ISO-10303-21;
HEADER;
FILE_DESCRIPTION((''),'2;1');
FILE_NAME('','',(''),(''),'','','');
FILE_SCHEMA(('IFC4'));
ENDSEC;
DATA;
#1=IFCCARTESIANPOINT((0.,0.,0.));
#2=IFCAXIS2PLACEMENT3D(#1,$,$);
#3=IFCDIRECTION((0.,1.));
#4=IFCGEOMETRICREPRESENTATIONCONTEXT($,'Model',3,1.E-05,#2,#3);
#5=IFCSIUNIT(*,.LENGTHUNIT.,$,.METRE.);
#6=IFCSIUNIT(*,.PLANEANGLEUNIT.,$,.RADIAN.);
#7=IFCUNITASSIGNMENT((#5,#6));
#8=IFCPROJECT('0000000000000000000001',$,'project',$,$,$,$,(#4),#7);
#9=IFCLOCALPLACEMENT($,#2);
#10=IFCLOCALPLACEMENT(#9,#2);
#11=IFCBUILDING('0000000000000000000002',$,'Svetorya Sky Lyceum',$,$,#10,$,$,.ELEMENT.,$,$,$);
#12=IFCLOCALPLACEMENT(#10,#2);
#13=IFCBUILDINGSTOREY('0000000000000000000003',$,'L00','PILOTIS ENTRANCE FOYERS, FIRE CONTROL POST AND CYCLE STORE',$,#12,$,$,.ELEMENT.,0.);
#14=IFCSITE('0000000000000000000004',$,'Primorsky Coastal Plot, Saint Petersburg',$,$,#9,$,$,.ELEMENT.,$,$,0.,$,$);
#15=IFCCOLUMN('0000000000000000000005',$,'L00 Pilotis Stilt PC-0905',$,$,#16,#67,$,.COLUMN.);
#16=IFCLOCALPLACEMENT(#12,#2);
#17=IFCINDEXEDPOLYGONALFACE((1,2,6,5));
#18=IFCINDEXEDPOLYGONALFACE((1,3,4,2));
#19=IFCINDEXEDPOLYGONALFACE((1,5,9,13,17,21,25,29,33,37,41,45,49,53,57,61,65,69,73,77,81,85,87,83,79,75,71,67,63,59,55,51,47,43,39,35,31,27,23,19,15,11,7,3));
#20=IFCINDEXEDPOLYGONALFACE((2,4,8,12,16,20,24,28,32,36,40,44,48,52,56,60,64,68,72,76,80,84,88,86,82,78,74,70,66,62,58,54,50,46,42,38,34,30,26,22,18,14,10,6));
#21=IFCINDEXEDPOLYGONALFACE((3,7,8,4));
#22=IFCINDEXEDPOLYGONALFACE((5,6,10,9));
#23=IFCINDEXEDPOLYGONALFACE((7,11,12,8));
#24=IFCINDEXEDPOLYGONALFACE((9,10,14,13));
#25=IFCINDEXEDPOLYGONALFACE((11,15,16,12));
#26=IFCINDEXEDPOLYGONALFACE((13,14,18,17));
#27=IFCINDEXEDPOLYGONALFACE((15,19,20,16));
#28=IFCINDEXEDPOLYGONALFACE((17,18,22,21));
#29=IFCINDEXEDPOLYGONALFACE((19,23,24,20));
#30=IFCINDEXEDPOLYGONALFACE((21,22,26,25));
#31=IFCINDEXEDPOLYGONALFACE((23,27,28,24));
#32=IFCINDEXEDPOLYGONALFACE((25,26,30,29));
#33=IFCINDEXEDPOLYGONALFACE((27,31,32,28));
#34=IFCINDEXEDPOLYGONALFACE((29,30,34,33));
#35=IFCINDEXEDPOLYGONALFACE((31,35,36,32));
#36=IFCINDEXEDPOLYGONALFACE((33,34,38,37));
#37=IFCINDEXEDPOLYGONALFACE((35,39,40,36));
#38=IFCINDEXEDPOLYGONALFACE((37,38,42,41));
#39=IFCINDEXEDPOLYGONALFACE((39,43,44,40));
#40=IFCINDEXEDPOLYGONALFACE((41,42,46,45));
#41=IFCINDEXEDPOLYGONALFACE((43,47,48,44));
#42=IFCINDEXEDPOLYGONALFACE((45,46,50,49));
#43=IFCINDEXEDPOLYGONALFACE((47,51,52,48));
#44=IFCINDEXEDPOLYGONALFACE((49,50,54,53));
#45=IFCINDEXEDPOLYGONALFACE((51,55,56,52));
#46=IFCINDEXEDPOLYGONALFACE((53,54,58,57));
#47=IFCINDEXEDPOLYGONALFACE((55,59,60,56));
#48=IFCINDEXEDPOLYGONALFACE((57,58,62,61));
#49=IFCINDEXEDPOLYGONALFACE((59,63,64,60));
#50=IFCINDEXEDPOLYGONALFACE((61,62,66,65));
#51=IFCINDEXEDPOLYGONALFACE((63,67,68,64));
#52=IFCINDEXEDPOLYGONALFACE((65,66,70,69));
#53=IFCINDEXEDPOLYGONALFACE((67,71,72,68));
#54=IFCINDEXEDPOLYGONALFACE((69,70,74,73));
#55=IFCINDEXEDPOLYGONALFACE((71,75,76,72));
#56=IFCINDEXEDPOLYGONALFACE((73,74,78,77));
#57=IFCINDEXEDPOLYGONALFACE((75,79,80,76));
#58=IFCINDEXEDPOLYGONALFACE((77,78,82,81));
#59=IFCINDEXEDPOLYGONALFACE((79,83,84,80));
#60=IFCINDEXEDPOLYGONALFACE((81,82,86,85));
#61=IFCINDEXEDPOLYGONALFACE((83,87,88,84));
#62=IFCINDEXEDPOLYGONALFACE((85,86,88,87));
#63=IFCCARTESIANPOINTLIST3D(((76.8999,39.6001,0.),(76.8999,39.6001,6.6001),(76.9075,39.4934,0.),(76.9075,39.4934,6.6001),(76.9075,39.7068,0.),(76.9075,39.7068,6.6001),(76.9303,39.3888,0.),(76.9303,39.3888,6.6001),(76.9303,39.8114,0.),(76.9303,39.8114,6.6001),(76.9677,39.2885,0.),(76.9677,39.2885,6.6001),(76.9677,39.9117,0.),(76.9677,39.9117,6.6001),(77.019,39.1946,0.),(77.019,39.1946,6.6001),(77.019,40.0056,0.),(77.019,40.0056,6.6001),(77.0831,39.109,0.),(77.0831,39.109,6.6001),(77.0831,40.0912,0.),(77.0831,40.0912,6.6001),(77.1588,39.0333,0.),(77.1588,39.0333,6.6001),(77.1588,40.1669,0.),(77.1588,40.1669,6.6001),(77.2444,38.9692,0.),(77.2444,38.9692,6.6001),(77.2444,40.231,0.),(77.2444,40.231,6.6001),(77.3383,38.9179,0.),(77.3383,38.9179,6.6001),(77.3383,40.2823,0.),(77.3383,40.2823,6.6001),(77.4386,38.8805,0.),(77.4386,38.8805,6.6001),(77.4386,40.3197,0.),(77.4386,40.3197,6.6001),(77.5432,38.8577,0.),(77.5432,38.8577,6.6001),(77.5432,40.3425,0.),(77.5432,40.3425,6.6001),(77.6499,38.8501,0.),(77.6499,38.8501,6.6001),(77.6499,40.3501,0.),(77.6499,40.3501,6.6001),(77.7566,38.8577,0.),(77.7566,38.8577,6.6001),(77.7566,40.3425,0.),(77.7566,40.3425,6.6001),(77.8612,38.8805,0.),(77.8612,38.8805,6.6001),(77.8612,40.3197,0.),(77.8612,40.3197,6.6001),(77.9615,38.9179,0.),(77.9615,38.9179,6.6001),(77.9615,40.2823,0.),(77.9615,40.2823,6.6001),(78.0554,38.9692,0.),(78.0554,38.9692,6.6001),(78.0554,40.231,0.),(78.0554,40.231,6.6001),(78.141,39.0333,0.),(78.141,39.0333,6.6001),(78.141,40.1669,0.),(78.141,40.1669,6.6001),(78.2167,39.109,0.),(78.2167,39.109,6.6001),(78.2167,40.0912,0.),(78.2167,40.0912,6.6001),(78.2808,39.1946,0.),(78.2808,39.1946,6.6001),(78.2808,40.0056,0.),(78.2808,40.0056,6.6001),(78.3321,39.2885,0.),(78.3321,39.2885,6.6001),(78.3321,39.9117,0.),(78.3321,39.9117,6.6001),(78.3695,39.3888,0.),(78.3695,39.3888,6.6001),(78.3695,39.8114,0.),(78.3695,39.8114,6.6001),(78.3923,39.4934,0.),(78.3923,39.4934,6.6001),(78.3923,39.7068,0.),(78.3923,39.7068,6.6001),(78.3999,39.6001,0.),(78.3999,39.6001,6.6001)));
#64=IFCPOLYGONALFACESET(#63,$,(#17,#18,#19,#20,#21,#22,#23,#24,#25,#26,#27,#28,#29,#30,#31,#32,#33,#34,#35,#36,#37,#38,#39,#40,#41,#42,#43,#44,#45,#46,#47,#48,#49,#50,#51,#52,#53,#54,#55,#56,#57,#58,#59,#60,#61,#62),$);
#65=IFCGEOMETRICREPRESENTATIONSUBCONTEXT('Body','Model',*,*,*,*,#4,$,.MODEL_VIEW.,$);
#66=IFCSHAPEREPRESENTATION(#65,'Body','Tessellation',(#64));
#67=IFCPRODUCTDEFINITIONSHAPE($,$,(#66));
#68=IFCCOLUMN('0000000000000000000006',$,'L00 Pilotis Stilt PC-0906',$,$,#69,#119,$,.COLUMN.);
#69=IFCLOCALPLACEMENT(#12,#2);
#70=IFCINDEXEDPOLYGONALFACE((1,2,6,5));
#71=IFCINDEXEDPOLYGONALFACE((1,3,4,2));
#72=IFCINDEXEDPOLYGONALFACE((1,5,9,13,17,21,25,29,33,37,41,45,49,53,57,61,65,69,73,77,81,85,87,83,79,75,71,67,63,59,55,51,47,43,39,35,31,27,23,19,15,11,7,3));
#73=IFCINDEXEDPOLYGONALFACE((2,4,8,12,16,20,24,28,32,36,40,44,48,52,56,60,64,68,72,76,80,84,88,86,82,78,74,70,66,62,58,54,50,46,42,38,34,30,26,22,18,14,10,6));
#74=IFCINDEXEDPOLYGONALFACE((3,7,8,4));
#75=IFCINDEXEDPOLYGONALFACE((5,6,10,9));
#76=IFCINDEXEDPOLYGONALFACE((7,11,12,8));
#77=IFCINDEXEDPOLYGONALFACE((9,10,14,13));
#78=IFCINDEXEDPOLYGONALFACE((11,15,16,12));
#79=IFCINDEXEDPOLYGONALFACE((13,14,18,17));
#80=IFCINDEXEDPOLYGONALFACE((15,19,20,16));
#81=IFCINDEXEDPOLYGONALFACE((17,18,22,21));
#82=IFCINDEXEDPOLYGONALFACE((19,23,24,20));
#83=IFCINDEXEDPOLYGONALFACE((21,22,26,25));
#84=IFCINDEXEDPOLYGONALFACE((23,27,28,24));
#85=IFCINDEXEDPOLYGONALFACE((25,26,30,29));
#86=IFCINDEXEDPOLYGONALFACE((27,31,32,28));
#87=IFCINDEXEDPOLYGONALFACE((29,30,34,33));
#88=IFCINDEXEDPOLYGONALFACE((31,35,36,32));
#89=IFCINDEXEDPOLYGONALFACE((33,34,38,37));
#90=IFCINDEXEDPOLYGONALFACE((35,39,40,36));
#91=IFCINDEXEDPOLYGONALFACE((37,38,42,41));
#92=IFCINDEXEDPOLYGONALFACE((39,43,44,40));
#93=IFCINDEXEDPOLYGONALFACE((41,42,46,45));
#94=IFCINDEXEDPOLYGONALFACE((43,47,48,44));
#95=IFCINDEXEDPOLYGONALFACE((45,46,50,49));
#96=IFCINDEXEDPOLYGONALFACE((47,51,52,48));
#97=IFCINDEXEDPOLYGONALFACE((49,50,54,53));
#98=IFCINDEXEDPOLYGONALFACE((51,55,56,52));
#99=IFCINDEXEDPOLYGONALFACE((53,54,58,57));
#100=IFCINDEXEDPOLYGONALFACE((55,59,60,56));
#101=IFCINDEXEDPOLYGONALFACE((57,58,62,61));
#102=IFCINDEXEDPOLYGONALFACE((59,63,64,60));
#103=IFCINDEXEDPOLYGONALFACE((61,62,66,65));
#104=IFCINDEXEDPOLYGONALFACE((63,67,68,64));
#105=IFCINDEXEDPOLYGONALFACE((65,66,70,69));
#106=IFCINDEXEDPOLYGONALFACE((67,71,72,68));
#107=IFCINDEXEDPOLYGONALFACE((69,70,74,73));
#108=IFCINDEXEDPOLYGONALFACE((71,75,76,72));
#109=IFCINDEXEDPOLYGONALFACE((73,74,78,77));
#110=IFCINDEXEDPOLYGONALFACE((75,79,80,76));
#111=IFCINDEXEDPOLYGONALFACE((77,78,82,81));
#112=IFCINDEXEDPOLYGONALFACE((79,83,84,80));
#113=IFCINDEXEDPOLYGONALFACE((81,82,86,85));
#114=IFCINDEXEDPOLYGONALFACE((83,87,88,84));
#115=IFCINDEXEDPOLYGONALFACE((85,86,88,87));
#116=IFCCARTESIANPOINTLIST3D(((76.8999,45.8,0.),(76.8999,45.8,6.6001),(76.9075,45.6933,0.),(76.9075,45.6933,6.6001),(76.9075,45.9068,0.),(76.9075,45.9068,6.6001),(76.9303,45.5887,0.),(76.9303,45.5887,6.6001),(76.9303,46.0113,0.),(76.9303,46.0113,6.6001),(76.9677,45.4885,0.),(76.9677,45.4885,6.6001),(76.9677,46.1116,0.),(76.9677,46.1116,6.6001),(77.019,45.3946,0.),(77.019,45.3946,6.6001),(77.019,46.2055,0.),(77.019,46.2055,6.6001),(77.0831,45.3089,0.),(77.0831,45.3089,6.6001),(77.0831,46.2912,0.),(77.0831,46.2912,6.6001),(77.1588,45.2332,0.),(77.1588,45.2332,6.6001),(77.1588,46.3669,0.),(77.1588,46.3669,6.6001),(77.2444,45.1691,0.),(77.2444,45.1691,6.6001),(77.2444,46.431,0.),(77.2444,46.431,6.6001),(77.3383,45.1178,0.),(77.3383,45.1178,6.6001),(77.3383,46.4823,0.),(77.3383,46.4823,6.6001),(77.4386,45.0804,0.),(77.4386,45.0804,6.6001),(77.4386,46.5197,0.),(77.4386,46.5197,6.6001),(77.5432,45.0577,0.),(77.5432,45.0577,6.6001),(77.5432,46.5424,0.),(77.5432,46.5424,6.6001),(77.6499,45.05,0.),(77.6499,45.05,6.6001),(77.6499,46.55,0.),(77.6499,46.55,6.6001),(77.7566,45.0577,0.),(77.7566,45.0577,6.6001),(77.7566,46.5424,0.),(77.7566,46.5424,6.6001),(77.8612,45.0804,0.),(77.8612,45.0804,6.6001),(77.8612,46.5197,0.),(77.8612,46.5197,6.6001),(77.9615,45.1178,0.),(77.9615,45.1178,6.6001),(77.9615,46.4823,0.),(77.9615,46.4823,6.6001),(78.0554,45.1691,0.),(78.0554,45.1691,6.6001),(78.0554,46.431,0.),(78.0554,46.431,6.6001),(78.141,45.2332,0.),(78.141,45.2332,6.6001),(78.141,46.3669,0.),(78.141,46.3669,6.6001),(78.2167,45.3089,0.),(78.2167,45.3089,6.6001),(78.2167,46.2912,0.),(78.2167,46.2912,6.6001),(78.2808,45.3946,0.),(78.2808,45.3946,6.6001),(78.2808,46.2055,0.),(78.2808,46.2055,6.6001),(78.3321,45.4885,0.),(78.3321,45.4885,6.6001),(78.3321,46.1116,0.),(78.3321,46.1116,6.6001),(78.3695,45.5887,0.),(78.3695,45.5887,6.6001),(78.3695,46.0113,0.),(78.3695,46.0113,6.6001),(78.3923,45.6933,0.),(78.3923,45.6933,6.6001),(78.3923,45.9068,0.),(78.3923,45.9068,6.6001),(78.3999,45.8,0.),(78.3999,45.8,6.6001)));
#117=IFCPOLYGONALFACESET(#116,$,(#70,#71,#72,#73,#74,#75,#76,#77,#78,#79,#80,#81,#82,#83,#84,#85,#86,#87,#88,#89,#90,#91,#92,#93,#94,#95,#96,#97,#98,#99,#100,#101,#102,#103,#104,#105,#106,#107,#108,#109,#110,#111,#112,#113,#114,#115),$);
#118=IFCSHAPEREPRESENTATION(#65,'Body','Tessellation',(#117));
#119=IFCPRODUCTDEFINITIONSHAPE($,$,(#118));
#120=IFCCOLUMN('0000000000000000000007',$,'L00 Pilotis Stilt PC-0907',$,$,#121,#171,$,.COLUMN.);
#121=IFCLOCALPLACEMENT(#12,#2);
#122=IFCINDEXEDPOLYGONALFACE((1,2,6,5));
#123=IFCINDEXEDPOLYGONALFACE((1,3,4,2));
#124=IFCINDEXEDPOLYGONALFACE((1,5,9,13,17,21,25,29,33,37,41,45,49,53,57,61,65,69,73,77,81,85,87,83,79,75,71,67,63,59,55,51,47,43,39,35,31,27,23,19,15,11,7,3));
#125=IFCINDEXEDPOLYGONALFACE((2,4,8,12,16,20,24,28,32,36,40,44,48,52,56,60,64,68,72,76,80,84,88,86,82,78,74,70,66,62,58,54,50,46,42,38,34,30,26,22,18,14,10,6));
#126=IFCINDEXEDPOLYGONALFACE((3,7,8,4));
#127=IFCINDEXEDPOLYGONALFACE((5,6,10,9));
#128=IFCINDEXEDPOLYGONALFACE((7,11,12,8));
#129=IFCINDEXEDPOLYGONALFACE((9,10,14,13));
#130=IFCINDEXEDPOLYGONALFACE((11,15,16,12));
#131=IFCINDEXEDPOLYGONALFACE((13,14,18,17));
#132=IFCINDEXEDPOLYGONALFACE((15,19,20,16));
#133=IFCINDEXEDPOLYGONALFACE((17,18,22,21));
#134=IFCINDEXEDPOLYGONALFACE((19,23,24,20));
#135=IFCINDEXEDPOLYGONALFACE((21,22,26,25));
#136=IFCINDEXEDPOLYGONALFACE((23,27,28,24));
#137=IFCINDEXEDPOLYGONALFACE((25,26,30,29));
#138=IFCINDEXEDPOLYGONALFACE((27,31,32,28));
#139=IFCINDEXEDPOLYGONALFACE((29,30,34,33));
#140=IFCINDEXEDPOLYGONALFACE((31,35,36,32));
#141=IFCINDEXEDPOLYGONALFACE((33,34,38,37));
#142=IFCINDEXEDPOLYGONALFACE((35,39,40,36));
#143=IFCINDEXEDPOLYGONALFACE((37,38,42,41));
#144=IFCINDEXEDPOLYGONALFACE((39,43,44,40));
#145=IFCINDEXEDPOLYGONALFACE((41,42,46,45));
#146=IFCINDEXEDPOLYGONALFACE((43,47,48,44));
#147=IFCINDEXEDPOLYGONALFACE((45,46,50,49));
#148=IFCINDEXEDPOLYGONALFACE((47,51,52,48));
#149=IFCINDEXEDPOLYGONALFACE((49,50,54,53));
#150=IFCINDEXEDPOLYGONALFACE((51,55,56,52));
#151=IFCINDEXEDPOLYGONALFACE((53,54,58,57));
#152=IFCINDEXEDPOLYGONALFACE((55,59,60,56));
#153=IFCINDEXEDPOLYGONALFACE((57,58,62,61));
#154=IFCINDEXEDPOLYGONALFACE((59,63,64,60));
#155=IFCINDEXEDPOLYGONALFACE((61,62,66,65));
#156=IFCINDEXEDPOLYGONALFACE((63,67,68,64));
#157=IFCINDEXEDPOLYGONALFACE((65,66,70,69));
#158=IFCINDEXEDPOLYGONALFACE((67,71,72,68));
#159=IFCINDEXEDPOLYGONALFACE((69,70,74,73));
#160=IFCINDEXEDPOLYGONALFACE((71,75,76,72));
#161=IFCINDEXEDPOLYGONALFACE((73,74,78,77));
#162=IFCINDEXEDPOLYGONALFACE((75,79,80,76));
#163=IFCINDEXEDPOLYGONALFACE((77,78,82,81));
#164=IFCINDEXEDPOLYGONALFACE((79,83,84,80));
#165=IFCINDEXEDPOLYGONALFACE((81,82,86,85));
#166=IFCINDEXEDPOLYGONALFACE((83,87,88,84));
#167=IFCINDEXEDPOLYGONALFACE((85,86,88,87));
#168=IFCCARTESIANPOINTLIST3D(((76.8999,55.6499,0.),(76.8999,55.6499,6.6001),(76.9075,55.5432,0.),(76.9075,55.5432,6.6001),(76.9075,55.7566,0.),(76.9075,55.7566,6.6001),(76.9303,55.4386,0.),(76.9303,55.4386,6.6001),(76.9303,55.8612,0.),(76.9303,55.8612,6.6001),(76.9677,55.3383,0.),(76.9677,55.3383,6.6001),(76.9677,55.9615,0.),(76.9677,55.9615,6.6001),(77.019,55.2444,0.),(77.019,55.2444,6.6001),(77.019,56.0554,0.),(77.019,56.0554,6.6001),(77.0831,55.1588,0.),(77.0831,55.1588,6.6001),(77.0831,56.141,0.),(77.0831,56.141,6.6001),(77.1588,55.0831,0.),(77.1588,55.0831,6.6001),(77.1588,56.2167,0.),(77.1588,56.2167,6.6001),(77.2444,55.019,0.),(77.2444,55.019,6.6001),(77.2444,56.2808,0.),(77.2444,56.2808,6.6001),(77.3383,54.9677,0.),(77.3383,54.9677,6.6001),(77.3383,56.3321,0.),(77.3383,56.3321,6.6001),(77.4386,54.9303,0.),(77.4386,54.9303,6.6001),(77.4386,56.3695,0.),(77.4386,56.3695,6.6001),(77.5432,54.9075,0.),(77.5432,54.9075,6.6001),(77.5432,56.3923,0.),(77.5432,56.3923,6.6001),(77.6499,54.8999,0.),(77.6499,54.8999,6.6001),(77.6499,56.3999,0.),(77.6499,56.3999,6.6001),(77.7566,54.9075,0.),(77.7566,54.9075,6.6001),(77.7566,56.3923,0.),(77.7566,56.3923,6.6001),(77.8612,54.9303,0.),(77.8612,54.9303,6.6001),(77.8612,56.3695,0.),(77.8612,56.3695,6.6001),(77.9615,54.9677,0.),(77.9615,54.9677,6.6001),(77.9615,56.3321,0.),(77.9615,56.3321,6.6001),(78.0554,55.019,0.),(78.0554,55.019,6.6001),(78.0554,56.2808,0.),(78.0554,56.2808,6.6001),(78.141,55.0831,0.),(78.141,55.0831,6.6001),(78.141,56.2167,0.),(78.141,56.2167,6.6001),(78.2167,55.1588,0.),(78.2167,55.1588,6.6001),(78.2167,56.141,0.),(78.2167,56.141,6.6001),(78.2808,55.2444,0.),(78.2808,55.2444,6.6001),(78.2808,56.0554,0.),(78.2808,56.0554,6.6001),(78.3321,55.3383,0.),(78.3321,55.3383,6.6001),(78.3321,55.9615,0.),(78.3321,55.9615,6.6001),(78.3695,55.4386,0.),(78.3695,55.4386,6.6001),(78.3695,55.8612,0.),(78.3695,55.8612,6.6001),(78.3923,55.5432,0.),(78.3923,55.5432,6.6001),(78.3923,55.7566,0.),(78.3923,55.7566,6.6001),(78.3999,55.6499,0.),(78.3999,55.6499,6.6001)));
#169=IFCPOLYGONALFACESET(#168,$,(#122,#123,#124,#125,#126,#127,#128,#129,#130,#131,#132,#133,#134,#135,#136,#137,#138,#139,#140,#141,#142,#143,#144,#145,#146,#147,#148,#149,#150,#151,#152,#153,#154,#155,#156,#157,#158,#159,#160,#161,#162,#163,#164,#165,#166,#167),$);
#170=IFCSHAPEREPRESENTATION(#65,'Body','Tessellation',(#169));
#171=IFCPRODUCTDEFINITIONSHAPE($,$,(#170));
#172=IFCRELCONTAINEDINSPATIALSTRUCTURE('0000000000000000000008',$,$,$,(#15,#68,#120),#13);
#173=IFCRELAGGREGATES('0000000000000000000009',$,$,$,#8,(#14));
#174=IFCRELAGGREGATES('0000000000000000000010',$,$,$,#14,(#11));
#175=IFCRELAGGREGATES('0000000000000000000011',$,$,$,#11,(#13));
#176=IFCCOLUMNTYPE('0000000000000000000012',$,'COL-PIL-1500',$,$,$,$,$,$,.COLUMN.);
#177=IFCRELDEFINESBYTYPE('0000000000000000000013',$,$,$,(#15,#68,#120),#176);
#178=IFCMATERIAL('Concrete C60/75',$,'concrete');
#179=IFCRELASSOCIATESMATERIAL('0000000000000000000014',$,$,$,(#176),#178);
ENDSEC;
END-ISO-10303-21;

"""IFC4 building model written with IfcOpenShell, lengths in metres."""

from ifc_helpers import new_model, si_unit, direction, frame, origin, origin_2d, place, context, subcontext, project, spatial, circle, extrude, material, material_profile, profile_set, type_object, element, save


model = new_model("IFC4")

# Units and contexts
model_context = context("Model", 3, precision=1e-05, world=origin(), true_north=direction((0.0, 1.0)))
body_context = subcontext(model_context, "Body", "Model", "MODEL_VIEW")
ifc_project = project(units=[si_unit("LENGTHUNIT", "METRE"), si_unit("PLANEANGLEUNIT", "RADIAN")], contexts=[model_context])

# Site, building, storey
site_placement = place(None, origin())
site = spatial("IfcSite", under=ifc_project, at=site_placement, Name="Primorsky Coastal Plot, Saint Petersburg", CompositionType="ELEMENT", RefElevation=0.0)
building_placement = place(site_placement, origin())
building = spatial("IfcBuilding", under=site, at=building_placement, Name="Svetorya Sky Lyceum", CompositionType="ELEMENT")
storey_placement = place(building_placement, origin())
storey = spatial("IfcBuildingStorey", under=building, at=storey_placement, Name="L00", Description="PILOTIS ENTRANCE FOYERS, FIRE CONTROL POST AND CYCLE STORE", CompositionType="ELEMENT", Elevation=0.0)

# Columns
ifc_material_1 = material(Name="Concrete C60/75", Category="concrete")
ifc_material_profile_1 = material_profile(ifc_material_1, circle(Radius=0.75, at=origin_2d()), Name="RC PILOTI D1500")
ifc_profile_set_1 = profile_set([ifc_material_profile_1], Name="Concrete C60/75")
column_type_1 = type_object("IfcColumnType", Name="COL-PIL-1500", PredefinedType="COLUMN", material=ifc_profile_set_1)
for number, where, z_axis, x_axis, name in (
    (1, (77.6499, 39.6001, 0.0), (0.0, 0.0, 1.0), (1.0, 0.0, 0.0), "L00 Pilotis Stilt PC-0905"),
    (2, (77.6499, 45.8, 0.0), (0.0, 0.0, 1.0), (1.0, 0.0, 0.0), "L00 Pilotis Stilt PC-0906"),
    (3, (77.6499, 55.6499, 0.0), (0.0, 0.0, 1.0), (1.0, 0.0, 0.0), "L00 Pilotis Stilt PC-0907"),
):
    element("IfcColumn", number, at=place(storey_placement, frame(where, z_axis=z_axis, x_axis=x_axis)), inside=storey, type_object=column_type_1, Name=name, PredefinedType="COLUMN", context=body_context, shape_type="SweptSolid", body=[
        extrude(circle(Radius=0.75, at=origin_2d()), origin(), (0.0, 0.0, 1.0), 6.6001),
    ])

save(model, "model.ifc")
